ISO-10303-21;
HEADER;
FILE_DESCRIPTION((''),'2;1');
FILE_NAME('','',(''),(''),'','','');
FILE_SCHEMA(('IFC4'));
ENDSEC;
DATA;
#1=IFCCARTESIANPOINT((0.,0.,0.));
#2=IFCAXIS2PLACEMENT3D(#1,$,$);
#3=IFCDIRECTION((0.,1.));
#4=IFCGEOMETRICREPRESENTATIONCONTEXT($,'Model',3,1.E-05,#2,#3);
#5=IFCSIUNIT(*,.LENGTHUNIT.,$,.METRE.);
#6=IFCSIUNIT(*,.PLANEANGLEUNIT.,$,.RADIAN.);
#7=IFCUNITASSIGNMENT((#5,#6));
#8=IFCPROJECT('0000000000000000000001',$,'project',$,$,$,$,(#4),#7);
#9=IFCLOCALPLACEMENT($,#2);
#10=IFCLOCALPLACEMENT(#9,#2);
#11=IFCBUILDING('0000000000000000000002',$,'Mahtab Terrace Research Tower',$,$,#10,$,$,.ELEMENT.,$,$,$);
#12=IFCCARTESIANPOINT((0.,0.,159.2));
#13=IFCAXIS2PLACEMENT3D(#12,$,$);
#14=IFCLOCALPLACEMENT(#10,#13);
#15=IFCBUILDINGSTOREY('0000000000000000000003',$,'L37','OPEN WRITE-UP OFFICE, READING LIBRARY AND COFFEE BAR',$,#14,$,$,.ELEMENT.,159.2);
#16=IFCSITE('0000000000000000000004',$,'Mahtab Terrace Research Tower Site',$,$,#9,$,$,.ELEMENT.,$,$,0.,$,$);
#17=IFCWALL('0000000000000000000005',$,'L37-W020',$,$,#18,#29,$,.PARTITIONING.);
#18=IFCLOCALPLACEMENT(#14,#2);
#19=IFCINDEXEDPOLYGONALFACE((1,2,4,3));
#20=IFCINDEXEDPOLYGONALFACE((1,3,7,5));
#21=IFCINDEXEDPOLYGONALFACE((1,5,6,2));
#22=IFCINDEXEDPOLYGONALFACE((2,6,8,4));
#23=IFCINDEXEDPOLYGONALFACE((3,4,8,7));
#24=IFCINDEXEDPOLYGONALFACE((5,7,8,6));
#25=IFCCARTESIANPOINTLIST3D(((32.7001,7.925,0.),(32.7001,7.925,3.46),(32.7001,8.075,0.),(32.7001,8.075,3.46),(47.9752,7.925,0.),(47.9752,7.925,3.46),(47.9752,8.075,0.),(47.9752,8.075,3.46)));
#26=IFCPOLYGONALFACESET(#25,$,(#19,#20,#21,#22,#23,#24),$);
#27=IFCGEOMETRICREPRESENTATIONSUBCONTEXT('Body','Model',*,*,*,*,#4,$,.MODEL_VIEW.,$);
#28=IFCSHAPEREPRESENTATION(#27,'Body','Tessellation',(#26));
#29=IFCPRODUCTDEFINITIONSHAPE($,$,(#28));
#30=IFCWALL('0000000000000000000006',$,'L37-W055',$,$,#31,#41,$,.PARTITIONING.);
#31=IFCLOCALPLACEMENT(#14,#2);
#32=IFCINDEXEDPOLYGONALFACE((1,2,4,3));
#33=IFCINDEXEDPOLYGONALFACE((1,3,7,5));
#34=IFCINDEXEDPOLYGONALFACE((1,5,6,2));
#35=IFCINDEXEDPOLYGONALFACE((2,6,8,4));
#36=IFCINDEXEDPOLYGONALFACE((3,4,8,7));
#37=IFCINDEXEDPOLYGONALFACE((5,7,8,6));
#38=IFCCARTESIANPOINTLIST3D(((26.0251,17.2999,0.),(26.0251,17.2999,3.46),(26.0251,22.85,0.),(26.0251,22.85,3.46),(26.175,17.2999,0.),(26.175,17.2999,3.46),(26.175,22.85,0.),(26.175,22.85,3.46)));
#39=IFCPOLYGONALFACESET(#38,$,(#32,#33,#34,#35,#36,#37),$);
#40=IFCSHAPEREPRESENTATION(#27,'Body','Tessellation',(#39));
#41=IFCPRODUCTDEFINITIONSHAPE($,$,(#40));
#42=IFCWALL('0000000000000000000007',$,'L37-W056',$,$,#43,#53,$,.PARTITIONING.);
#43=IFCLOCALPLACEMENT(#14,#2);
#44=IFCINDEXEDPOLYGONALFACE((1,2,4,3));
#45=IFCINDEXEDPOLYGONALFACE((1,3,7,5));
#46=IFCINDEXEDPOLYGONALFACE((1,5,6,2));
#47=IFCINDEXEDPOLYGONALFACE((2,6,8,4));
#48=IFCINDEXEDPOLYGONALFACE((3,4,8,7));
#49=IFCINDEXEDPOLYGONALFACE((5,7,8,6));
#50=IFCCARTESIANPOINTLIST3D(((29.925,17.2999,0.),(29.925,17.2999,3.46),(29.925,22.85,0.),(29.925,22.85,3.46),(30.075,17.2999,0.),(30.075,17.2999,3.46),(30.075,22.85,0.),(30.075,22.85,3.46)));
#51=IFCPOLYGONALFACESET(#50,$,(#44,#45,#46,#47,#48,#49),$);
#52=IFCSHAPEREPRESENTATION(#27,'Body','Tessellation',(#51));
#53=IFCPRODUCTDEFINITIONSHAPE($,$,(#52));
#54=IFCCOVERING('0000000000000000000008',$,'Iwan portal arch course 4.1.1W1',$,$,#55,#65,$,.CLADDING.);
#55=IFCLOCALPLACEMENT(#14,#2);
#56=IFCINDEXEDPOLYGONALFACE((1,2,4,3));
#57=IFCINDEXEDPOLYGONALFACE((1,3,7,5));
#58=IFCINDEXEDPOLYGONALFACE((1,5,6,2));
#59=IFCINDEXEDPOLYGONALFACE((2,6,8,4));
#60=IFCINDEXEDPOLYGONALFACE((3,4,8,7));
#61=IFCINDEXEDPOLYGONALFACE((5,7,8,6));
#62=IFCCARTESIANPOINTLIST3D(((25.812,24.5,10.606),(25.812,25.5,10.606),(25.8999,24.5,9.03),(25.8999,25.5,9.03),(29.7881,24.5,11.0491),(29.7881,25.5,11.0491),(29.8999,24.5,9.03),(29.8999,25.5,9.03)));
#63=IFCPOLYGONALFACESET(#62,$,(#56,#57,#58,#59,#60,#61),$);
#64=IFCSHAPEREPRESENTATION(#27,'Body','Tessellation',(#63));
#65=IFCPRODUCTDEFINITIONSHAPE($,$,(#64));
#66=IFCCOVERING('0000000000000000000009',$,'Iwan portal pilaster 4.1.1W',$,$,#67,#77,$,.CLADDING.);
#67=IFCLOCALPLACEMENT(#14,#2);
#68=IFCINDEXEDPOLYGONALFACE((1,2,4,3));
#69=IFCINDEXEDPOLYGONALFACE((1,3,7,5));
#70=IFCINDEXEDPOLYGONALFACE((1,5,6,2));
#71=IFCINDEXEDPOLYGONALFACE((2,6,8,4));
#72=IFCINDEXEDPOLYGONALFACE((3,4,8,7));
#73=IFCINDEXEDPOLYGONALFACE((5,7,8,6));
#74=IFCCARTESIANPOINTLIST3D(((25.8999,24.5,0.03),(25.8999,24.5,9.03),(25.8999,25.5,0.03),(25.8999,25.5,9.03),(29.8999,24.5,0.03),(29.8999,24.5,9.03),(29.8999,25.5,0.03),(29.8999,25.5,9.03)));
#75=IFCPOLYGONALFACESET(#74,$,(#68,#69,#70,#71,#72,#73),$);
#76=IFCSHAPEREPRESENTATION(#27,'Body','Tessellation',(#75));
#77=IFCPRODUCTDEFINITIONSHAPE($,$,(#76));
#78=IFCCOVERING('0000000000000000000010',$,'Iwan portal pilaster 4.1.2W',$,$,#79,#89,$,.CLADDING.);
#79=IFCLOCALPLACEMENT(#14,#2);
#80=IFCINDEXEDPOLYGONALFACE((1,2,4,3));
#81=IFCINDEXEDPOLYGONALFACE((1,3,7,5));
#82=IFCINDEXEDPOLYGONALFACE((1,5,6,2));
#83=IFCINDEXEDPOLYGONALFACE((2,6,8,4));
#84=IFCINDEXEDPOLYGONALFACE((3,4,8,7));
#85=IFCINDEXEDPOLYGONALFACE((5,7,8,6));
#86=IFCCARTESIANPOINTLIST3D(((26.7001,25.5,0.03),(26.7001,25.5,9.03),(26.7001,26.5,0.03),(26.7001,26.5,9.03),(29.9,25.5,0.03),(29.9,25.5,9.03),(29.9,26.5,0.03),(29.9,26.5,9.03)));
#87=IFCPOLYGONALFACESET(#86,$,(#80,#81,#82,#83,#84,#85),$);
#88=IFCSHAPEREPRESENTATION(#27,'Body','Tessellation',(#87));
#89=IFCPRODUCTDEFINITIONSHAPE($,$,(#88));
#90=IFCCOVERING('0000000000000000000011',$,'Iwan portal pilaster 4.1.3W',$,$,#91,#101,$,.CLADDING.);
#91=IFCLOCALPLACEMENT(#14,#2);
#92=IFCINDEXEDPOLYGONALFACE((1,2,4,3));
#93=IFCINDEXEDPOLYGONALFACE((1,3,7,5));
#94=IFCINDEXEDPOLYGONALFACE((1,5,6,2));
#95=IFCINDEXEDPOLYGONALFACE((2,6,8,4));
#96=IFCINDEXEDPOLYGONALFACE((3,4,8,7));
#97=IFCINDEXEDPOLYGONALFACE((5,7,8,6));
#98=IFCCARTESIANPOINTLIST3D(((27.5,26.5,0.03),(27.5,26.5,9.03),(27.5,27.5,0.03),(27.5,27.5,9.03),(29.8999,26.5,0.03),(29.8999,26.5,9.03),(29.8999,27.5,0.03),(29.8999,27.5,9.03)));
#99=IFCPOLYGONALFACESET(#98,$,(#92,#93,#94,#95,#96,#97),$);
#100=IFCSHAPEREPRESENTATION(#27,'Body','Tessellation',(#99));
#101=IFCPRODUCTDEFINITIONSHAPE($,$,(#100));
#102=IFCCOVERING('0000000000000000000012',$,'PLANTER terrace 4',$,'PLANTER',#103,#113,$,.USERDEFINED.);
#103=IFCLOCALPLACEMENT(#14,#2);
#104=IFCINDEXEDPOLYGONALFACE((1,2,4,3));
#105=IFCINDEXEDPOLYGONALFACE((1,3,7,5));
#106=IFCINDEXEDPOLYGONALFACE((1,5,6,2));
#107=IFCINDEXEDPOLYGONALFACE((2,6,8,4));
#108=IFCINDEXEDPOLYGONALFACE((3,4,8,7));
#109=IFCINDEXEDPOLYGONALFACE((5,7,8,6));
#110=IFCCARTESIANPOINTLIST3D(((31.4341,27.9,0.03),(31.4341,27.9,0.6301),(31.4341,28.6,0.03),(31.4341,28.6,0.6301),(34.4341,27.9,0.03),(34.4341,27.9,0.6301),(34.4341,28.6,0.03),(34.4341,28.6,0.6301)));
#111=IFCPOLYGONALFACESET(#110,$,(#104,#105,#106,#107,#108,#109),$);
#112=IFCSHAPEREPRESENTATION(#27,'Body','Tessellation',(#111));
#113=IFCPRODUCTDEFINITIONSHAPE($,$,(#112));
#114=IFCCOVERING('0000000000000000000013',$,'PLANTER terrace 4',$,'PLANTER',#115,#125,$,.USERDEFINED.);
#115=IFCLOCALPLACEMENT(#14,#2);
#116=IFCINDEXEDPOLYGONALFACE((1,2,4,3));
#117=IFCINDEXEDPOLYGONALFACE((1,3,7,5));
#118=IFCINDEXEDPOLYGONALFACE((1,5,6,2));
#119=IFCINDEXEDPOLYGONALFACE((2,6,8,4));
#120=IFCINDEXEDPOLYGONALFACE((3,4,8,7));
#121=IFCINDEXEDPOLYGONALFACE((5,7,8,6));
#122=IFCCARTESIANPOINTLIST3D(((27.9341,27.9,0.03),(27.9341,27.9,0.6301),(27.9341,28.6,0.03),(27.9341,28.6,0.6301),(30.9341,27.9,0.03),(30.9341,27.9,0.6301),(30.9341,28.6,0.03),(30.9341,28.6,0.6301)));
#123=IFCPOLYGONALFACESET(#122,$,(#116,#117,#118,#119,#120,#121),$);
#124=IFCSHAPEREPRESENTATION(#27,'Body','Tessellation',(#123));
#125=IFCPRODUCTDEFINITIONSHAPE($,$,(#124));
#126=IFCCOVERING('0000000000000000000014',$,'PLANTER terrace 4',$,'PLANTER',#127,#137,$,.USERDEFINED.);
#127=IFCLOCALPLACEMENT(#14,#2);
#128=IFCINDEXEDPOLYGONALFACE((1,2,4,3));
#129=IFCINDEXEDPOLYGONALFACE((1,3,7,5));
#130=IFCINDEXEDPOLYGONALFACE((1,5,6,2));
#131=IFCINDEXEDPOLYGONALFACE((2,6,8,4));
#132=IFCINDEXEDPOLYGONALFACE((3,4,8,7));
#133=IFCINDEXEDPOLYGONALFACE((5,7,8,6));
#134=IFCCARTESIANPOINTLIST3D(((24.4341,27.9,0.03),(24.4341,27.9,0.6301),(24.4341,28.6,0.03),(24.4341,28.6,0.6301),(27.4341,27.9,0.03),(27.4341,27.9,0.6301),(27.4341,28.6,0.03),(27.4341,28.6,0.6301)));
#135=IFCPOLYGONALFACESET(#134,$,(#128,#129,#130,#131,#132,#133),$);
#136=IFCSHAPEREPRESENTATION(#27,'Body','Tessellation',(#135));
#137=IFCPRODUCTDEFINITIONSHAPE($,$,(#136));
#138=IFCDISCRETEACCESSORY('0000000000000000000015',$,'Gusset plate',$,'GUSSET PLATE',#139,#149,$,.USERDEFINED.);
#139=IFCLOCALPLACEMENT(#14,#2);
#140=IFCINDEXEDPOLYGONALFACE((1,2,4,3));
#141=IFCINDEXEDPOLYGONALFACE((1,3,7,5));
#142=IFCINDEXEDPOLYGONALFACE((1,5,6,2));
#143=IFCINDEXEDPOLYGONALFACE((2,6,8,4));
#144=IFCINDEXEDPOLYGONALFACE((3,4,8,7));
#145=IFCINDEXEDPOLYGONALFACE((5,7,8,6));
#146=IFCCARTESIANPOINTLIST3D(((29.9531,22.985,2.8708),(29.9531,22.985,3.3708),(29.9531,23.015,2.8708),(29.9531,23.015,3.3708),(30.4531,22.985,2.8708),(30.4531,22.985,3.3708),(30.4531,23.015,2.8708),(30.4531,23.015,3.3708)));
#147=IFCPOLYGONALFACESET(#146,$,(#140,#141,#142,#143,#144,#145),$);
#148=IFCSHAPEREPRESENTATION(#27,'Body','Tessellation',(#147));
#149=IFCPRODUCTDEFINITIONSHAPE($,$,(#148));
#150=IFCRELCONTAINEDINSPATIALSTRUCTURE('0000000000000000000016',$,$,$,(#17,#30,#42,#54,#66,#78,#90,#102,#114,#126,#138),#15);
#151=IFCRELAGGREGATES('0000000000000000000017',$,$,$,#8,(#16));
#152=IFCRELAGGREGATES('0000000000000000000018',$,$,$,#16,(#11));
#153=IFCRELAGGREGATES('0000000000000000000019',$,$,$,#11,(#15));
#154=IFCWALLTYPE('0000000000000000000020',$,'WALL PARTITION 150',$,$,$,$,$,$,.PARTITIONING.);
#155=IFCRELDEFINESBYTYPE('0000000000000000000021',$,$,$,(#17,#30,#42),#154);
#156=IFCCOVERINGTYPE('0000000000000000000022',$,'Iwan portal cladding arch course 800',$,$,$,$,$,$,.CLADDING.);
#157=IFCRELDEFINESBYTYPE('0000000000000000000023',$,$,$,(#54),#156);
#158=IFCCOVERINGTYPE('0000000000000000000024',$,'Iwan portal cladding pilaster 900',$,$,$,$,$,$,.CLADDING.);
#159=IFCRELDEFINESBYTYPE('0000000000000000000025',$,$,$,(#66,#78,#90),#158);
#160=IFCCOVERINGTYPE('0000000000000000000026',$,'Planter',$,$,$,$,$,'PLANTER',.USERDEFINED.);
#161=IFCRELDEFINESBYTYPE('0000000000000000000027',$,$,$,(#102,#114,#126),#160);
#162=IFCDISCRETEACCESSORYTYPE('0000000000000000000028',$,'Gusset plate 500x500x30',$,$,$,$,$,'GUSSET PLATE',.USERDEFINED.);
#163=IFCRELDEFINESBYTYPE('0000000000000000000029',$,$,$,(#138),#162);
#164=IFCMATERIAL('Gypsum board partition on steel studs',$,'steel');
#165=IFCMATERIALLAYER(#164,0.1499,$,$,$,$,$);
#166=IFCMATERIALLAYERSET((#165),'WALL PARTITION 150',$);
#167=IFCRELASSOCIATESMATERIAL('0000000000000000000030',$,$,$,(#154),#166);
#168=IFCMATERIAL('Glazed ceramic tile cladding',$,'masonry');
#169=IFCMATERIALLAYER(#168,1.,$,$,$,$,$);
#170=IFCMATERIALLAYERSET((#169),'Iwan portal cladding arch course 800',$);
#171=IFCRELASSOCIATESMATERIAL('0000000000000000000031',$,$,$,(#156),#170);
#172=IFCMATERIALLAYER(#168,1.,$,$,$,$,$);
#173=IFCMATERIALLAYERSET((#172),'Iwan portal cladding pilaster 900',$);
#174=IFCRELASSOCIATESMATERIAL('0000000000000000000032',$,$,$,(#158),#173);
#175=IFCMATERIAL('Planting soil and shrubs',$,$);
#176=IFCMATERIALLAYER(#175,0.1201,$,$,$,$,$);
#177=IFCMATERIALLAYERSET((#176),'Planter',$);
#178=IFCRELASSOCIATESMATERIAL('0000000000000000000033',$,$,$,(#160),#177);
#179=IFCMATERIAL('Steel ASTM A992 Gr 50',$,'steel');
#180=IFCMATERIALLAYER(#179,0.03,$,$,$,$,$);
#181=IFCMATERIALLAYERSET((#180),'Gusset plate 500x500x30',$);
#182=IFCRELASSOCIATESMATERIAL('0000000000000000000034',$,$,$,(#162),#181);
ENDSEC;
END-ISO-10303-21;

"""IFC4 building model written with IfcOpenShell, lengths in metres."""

from ifc_helpers import new_model, si_unit, direction, frame, frame_2d, origin, origin_2d, place, context, subcontext, project, spatial, polyline, rectangle, outline, extrude, material, layer, layer_set, type_object, element, save


model = new_model("IFC4")

# Units and contexts
model_context = context("Model", 3, precision=1e-05, world=origin(), true_north=direction((0.0, 1.0)))
body_context = subcontext(model_context, "Body", "Model", "MODEL_VIEW")
ifc_project = project(units=[si_unit("LENGTHUNIT", "METRE"), si_unit("PLANEANGLEUNIT", "RADIAN")], contexts=[model_context])

# Site, building, storey
site_placement = place(None, origin())
site = spatial("IfcSite", under=ifc_project, at=site_placement, Name="Mahtab Terrace Research Tower Site", CompositionType="ELEMENT", RefElevation=0.0)
building_placement = place(site_placement, origin())
building = spatial("IfcBuilding", under=site, at=building_placement, Name="Mahtab Terrace Research Tower", CompositionType="ELEMENT")
storey_placement = place(building_placement, frame((0.0, 0.0, 159.2)))
storey = spatial("IfcBuildingStorey", under=building, at=storey_placement, Name="L37", Description="OPEN WRITE-UP OFFICE, READING LIBRARY AND COFFEE BAR", CompositionType="ELEMENT", Elevation=159.2)

# Shared definitions
ifc_material_1 = material(Name="Steel ASTM A992 Gr 50", Category="steel")

# Walls
ifc_material_2 = material(Name="Gypsum board partition on steel studs", Category="steel")
ifc_layer_1 = layer(ifc_material_2, 0.1499)
ifc_layer_set_1 = layer_set([ifc_layer_1], Name="WALL PARTITION 150")
wall_type_1 = type_object("IfcWallType", Name="WALL PARTITION 150", PredefinedType="PARTITIONING", material=ifc_layer_set_1)
wall_1_placement = place(storey_placement, frame((32.7, 8.0, 0.0), z_axis=(0.0, 0.0, 1.0), x_axis=(1.0, 0.0, 0.0)))
element("IfcWall", 1, at=wall_1_placement, inside=storey, type_object=wall_type_1, Name="L37-W020", PredefinedType="PARTITIONING", context=body_context, shape_type="SweptSolid", body=[
    extrude(rectangle(XDim=15.2751, YDim=0.1499, at=frame_2d((7.6377, 0.0))), origin(), (0.0, 0.0, 1.0), 3.46),
])
for number, where, z_axis, x_axis, name in (
    (2, (26.1001, 17.3, 0.0), (0.0, 0.0, 1.0), (0.0, 1.0, 0.0), "L37-W055"),
    (3, (30.0, 17.3, 0.0), (0.0, 0.0, 1.0), (0.0, 1.0, 0.0), "L37-W056"),
):
    element("IfcWall", number, at=place(storey_placement, frame(where, z_axis=z_axis, x_axis=x_axis)), inside=storey, type_object=wall_type_1, Name=name, PredefinedType="PARTITIONING", context=body_context, shape_type="SweptSolid", body=[
        extrude(rectangle(XDim=5.55, YDim=0.1499, at=frame_2d((2.7749, 0.0))), origin(), (0.0, 0.0, 1.0), 3.46),
    ])

# Coverings
ifc_material_3 = material(Name="Glazed ceramic tile cladding", Category="masonry")
ifc_layer_2 = layer(ifc_material_3, 1.0)
ifc_layer_set_2 = layer_set([ifc_layer_2], Name="Iwan portal cladding arch course 800")
covering_type_1 = type_object("IfcCoveringType", Name="Iwan portal cladding arch course 800", PredefinedType="CLADDING", material=ifc_layer_set_2)
covering_1_placement = place(storey_placement, frame((29.8999, 24.5, 9.03), z_axis=(0.0, -1.0, 0.0), x_axis=(-0.055296, 0.0, 0.99847)))
element("IfcCovering", 4, at=covering_1_placement, inside=storey, type_object=covering_type_1, Name="Iwan portal arch course 4.1.1W1", PredefinedType="CLADDING", context=body_context, shape_type="SweptSolid", body=[
    extrude(outline(polyline([(0.0, 0.0), (2.0221, 0.0), (1.7996, 3.9945), (0.2212, 3.9939), (0.0, 0.0)])), origin(), (0.0, 0.0, -1.0), 1.0),
])
ifc_layer_3 = layer(ifc_material_3, 1.0)
ifc_layer_set_3 = layer_set([ifc_layer_3], Name="Iwan portal cladding pilaster 900")
covering_type_2 = type_object("IfcCoveringType", Name="Iwan portal cladding pilaster 900", PredefinedType="CLADDING", material=ifc_layer_set_3)
covering_2_placement = place(storey_placement, frame((27.8999, 25.0, 0.03), z_axis=(0.0, 0.0, 1.0), x_axis=(-1.0, 0.0, 0.0)))
element("IfcCovering", 5, at=covering_2_placement, inside=storey, type_object=covering_type_2, Name="Iwan portal pilaster 4.1.1W", PredefinedType="CLADDING", context=body_context, shape_type="SweptSolid", body=[
    extrude(rectangle(XDim=4.0, YDim=1.0, at=origin_2d()), origin(), (0.0, 0.0, 1.0), 9.0),
])
covering_3_placement = place(storey_placement, frame((28.3, 26.0, 0.03), z_axis=(0.0, 0.0, 1.0), x_axis=(-1.0, 0.0, 0.0)))
element("IfcCovering", 6, at=covering_3_placement, inside=storey, type_object=covering_type_2, Name="Iwan portal pilaster 4.1.2W", PredefinedType="CLADDING", context=body_context, shape_type="SweptSolid", body=[
    extrude(rectangle(XDim=3.2, YDim=1.0, at=origin_2d()), origin(), (0.0, 0.0, 1.0), 9.0),
])
covering_4_placement = place(storey_placement, frame((28.7, 27.0, 0.03), z_axis=(0.0, 0.0, 1.0), x_axis=(-1.0, 0.0, 0.0)))
element("IfcCovering", 7, at=covering_4_placement, inside=storey, type_object=covering_type_2, Name="Iwan portal pilaster 4.1.3W", PredefinedType="CLADDING", context=body_context, shape_type="SweptSolid", body=[
    extrude(rectangle(XDim=2.3999, YDim=1.0, at=origin_2d()), origin(), (0.0, 0.0, 1.0), 9.0),
])
ifc_material_4 = material(Name="Planting soil and shrubs")
ifc_layer_4 = layer(ifc_material_4, 0.1201)
ifc_layer_set_4 = layer_set([ifc_layer_4], Name="Planter")
covering_type_3 = type_object("IfcCoveringType", Name="Planter", ElementType="PLANTER", PredefinedType="USERDEFINED", material=ifc_layer_set_4)
for number, where, z_axis, x_axis, name in (
    (8, (32.9341, 28.25, 0.03), (0.0, 0.0, 1.0), (-1.0, 0.0, 0.0), "PLANTER terrace 4"),
    (9, (29.4341, 28.25, 0.03), (0.0, 0.0, 1.0), (-1.0, 0.0, 0.0), "PLANTER terrace 4"),
    (10, (25.9341, 28.25, 0.03), (0.0, 0.0, 1.0), (-1.0, 0.0, 0.0), "PLANTER terrace 4"),
):
    element("IfcCovering", number, at=place(storey_placement, frame(where, z_axis=z_axis, x_axis=x_axis)), inside=storey, type_object=covering_type_3, Name=name, ObjectType="PLANTER", PredefinedType="USERDEFINED", context=body_context, shape_type="SweptSolid", body=[
        extrude(rectangle(XDim=3.0, YDim=0.7, at=origin_2d()), origin(), (0.0, 0.0, 1.0), 0.6001),
    ])

# Discrete accessory
ifc_layer_5 = layer(ifc_material_1, 0.03)
ifc_layer_set_5 = layer_set([ifc_layer_5], Name="Gusset plate 500x500x30")
discrete_accessory_type = type_object("IfcDiscreteAccessoryType", Name="Gusset plate 500x500x30", ElementType="GUSSET PLATE", PredefinedType="USERDEFINED", material=ifc_layer_set_5)
discrete_accessory_placement = place(storey_placement, frame((30.2031, 23.0, 2.8708), z_axis=(0.0, 0.0, 1.0), x_axis=(1.0, 0.0, 0.0)))
element("IfcDiscreteAccessory", 11, at=discrete_accessory_placement, inside=storey, type_object=discrete_accessory_type, Name="Gusset plate", ObjectType="GUSSET PLATE", PredefinedType="USERDEFINED", context=body_context, shape_type="SweptSolid", body=[
    extrude(rectangle(XDim=0.5, YDim=0.03, at=origin_2d()), origin(), (0.0, 0.0, 1.0), 0.5),
])

save(model, "model.ifc")
